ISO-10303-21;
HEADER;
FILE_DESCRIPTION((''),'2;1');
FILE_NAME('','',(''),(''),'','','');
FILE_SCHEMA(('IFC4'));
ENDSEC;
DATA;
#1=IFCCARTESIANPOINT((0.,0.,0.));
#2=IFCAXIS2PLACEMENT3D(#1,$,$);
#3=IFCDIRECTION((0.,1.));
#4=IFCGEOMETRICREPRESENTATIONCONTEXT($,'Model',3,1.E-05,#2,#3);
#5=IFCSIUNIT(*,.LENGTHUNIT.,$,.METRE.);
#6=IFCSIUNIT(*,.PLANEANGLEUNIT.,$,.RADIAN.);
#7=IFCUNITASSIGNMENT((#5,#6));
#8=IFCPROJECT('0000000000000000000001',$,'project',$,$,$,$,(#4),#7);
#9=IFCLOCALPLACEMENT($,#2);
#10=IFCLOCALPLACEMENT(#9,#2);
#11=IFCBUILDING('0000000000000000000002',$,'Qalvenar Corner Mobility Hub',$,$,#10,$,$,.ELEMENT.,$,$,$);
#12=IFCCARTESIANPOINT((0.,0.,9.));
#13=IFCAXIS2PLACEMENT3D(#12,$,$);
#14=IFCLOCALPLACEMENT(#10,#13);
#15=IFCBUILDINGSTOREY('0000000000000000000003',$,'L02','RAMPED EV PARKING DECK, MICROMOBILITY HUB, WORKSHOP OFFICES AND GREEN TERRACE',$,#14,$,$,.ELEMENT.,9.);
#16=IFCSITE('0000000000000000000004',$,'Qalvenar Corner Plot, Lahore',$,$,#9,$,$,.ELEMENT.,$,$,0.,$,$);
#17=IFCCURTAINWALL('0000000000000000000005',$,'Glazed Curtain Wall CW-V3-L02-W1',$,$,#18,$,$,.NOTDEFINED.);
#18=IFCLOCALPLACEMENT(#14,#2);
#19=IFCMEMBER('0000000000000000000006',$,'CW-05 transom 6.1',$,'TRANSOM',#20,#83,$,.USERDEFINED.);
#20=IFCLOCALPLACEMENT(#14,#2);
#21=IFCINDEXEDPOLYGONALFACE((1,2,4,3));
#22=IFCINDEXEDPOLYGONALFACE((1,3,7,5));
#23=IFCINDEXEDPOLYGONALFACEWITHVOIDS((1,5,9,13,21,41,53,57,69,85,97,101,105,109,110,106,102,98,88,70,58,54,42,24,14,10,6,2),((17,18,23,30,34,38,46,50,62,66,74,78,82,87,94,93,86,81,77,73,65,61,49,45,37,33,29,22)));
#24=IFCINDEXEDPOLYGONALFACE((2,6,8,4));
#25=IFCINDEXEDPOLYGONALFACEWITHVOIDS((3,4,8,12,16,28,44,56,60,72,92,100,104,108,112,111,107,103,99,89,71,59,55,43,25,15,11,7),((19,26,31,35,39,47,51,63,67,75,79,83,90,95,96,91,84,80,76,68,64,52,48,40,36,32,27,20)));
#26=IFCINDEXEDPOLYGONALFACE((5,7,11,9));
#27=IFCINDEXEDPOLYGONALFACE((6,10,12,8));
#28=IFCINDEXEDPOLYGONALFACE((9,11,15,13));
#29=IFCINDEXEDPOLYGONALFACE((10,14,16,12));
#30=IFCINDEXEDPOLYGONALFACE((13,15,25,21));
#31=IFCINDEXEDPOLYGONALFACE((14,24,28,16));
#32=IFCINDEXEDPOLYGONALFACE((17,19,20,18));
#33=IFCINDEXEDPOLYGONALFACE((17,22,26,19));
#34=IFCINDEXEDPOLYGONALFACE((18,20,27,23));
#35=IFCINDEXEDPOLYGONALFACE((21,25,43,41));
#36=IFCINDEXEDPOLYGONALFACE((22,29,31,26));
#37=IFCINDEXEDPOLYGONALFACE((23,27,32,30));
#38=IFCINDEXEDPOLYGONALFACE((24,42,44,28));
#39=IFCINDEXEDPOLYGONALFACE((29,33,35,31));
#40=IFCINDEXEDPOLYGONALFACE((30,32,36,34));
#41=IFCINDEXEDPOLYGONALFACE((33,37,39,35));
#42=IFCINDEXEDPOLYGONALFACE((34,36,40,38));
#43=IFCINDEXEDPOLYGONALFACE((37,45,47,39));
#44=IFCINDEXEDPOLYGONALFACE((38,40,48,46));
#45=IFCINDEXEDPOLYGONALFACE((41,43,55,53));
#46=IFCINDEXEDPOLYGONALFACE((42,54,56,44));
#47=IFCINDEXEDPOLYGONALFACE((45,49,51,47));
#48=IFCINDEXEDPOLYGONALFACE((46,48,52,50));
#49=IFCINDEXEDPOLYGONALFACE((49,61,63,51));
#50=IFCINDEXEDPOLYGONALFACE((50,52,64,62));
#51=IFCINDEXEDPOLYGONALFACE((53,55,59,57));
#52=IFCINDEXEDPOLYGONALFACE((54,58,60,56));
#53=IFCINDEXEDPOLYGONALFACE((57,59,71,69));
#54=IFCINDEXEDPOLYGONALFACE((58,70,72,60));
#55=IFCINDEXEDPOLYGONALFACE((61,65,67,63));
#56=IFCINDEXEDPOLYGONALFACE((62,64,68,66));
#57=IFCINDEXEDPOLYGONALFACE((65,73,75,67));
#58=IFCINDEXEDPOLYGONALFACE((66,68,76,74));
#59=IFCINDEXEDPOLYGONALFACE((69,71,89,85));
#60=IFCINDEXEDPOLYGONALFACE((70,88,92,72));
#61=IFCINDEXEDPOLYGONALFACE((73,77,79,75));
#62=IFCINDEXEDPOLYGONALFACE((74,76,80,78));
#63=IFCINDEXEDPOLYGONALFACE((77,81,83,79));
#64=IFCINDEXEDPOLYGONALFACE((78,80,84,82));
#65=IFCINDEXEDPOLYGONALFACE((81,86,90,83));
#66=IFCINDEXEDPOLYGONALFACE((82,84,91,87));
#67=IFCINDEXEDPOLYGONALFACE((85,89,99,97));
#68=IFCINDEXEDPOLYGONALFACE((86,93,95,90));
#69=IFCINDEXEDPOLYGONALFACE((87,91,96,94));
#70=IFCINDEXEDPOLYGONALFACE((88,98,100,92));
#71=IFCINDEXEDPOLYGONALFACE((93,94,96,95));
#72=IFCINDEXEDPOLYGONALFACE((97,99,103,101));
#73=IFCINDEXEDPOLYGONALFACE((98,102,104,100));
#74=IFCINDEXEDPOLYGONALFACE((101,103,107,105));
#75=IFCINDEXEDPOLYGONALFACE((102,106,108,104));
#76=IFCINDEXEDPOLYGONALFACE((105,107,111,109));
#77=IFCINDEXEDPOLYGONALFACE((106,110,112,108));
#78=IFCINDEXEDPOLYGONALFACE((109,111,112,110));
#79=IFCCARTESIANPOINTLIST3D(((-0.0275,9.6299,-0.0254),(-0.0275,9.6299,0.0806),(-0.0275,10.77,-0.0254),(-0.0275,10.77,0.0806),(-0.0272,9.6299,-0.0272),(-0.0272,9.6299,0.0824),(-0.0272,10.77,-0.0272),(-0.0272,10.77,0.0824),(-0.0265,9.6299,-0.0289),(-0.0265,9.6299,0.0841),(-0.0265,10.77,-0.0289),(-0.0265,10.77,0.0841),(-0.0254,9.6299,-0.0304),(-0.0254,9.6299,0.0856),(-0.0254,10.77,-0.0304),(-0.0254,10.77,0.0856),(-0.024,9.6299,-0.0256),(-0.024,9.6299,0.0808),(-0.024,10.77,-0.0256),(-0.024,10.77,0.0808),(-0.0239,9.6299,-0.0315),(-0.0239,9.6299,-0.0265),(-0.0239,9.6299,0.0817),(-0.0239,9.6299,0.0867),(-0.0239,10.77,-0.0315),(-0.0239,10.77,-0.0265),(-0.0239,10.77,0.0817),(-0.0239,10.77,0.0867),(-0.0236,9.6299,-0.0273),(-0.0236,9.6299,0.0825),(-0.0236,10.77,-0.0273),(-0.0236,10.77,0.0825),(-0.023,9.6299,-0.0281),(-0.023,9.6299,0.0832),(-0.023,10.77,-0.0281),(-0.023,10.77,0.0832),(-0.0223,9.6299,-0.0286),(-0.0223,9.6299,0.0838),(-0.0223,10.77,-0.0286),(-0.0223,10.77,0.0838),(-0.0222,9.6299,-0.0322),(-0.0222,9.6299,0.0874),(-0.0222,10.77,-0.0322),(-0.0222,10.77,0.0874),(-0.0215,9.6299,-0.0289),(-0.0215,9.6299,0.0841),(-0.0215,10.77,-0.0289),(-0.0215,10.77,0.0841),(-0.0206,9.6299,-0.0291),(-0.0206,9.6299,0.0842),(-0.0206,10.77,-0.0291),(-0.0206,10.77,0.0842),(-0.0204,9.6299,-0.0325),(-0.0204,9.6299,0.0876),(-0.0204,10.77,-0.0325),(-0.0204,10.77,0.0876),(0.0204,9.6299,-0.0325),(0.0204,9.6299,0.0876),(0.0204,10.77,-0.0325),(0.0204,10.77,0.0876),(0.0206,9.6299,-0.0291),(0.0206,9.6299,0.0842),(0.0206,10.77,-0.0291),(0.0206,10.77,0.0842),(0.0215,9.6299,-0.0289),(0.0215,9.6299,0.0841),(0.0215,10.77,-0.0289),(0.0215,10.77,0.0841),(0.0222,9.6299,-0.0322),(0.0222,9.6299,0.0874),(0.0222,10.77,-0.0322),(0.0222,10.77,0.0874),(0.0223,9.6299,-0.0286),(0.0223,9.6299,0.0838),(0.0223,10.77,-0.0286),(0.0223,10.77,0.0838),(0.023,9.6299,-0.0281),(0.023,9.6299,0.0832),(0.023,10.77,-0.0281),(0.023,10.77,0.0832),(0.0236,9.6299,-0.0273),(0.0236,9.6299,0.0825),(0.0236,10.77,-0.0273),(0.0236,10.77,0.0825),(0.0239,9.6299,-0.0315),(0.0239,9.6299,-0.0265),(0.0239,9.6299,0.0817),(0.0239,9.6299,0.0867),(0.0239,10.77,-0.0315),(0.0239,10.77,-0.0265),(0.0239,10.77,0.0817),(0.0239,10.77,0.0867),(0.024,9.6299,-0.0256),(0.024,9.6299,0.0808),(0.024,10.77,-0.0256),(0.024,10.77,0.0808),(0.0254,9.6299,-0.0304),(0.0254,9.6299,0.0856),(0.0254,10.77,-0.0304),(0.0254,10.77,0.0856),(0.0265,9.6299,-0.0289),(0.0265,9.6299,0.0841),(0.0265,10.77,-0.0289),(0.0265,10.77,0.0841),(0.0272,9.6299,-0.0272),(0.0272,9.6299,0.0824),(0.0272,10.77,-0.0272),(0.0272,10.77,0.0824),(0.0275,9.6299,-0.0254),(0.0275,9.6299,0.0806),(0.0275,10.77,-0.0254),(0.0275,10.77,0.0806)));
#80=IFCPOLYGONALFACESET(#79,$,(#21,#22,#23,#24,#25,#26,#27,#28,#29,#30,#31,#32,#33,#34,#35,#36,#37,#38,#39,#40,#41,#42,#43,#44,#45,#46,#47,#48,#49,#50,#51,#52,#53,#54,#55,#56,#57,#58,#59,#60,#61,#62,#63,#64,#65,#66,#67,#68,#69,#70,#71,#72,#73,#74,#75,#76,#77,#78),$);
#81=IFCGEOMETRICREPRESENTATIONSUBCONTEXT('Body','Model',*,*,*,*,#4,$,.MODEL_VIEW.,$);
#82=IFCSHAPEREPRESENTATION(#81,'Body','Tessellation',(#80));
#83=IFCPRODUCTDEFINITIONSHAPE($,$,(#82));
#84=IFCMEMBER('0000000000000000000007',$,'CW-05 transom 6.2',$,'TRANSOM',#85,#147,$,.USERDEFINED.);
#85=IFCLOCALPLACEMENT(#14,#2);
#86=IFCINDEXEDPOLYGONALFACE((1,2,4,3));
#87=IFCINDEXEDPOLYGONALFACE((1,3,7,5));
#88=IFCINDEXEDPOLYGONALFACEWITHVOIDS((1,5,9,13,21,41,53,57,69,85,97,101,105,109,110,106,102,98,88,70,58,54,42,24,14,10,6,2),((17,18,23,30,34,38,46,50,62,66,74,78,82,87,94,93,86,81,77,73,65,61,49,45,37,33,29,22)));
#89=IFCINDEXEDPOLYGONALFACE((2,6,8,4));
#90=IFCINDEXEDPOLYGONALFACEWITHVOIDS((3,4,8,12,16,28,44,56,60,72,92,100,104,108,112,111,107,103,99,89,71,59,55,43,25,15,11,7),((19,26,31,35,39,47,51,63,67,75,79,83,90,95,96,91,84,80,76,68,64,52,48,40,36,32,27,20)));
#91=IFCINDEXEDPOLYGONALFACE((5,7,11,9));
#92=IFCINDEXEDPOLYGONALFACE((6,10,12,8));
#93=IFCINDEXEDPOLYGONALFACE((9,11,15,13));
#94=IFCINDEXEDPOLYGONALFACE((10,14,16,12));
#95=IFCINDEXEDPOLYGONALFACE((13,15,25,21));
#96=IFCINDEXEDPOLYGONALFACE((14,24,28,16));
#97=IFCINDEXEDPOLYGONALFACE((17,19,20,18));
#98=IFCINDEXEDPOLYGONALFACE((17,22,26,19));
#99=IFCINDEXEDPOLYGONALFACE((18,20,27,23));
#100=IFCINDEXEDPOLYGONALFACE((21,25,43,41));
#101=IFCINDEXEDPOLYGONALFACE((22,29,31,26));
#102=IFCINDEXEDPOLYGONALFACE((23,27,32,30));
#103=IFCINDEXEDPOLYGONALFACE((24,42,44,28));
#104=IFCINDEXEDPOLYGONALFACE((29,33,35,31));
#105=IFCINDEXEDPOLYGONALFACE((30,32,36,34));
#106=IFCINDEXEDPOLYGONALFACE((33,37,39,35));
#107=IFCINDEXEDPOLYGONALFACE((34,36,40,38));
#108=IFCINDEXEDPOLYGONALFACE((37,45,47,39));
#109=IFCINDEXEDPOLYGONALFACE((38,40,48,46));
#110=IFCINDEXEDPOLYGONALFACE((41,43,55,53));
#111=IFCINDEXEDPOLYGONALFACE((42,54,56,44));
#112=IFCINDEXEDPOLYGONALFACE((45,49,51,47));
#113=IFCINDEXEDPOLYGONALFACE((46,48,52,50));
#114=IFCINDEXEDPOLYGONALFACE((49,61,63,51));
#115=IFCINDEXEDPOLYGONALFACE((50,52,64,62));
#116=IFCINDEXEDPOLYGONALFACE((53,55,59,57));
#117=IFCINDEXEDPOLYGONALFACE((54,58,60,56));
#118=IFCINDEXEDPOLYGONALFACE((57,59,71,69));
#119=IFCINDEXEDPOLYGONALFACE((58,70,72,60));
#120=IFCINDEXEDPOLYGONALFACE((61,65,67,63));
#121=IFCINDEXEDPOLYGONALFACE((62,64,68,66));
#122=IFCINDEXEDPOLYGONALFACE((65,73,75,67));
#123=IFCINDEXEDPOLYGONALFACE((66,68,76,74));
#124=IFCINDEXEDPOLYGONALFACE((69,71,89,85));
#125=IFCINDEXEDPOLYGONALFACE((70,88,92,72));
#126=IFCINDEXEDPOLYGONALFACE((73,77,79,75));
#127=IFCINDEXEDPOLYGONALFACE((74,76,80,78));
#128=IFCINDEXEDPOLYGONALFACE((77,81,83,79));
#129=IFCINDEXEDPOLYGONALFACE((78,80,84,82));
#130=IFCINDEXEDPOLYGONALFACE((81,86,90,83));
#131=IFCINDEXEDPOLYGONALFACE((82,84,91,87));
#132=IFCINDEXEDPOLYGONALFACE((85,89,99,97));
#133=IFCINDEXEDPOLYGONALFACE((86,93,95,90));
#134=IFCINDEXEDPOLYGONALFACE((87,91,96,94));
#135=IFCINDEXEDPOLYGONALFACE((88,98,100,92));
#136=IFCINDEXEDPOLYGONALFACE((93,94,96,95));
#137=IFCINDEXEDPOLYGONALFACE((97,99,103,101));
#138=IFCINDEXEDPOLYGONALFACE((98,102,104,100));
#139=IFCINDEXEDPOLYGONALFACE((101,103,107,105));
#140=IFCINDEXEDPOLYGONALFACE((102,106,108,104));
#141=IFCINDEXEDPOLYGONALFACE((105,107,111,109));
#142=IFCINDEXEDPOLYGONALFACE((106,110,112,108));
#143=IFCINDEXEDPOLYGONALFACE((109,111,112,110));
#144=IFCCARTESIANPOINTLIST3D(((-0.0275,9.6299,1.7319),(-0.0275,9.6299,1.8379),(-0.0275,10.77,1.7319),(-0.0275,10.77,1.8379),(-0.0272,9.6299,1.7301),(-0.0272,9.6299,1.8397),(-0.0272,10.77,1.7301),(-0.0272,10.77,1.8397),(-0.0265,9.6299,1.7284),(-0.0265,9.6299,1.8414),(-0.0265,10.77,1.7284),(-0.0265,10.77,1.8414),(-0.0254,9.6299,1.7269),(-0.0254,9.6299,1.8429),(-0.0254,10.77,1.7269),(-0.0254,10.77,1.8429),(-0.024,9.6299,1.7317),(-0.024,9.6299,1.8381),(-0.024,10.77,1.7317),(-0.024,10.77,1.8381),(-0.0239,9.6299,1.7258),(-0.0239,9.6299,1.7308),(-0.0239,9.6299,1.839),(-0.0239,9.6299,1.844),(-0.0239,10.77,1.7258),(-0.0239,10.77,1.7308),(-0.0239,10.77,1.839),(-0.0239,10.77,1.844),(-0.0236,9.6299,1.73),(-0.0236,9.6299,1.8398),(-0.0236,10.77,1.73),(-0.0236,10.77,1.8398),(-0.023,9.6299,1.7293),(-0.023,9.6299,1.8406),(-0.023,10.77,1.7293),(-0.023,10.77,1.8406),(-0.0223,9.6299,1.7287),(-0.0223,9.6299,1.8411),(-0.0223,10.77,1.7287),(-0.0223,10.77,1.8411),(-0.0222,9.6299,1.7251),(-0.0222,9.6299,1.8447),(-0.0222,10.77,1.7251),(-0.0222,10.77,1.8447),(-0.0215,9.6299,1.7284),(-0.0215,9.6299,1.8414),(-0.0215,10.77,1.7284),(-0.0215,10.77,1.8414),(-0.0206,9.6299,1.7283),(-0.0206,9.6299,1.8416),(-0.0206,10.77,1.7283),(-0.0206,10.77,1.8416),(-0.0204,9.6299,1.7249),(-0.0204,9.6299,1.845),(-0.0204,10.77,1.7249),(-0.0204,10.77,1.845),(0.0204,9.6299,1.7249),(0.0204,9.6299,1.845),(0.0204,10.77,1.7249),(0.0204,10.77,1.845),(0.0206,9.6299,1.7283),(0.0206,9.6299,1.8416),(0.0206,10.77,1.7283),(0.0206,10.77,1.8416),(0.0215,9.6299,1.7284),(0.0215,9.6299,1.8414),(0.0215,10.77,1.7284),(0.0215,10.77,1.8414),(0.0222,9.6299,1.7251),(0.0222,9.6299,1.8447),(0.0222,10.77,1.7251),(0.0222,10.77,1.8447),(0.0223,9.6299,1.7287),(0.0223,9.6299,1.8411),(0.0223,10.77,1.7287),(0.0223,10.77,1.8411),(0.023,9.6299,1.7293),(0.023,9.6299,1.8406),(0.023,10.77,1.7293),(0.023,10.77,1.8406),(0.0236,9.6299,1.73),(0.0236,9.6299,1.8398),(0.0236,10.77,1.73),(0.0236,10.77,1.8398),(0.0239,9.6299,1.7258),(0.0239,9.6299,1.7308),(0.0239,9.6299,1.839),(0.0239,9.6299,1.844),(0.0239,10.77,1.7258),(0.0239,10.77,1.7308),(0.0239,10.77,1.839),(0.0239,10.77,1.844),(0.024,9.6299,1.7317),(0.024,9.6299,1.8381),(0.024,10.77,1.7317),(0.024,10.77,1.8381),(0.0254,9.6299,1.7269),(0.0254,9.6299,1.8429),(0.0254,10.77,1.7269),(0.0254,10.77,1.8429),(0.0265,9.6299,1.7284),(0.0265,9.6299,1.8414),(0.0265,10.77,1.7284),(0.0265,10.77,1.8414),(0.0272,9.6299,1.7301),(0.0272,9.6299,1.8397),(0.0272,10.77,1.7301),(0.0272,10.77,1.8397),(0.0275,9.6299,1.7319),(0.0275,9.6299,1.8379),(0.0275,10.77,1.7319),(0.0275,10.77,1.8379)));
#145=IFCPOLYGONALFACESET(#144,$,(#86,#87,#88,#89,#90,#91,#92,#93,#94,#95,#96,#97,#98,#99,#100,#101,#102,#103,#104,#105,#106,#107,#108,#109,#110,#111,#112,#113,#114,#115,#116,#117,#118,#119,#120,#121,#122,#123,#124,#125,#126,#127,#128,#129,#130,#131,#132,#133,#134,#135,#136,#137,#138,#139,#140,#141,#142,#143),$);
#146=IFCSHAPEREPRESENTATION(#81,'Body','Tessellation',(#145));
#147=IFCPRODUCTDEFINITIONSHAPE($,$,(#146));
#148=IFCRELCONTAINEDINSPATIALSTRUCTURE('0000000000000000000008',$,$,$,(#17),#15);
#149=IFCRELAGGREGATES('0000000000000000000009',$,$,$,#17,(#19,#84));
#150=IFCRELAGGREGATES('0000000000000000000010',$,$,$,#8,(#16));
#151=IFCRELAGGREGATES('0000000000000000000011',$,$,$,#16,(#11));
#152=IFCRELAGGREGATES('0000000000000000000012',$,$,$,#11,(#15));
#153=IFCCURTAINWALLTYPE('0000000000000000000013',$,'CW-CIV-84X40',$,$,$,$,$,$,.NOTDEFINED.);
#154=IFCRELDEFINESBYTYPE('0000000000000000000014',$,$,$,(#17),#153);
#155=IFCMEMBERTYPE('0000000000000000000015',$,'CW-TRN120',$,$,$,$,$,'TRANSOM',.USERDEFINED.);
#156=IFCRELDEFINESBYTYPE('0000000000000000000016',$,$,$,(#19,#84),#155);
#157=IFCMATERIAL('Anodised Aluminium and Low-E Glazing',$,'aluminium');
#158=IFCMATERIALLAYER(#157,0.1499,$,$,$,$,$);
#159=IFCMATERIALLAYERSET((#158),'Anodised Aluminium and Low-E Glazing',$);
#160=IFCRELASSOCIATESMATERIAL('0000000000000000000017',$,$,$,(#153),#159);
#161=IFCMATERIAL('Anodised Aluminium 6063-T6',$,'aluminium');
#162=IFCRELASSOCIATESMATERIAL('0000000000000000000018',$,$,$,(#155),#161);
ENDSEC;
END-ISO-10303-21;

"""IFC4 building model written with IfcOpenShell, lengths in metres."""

from ifc_helpers import new_model, si_unit, direction, frame, origin, origin_2d, place, context, subcontext, project, spatial, hollow_rectangle, extrude, material, layer, layer_set, material_profile, profile_set, type_object, element, aggregate, save


model = new_model("IFC4")

# Units and contexts
model_context = context("Model", 3, precision=1e-05, world=origin(), true_north=direction((0.0, 1.0)))
body_context = subcontext(model_context, "Body", "Model", "MODEL_VIEW")
ifc_project = project(units=[si_unit("LENGTHUNIT", "METRE"), si_unit("PLANEANGLEUNIT", "RADIAN")], contexts=[model_context])

# Site, building, storey
site_placement = place(None, origin())
site = spatial("IfcSite", under=ifc_project, at=site_placement, Name="Qalvenar Corner Plot, Lahore", CompositionType="ELEMENT", RefElevation=0.0)
building_placement = place(site_placement, origin())
building = spatial("IfcBuilding", under=site, at=building_placement, Name="Qalvenar Corner Mobility Hub", CompositionType="ELEMENT")
storey_placement = place(building_placement, frame((0.0, 0.0, 9.0)))
storey = spatial("IfcBuildingStorey", under=building, at=storey_placement, Name="L02", Description="RAMPED EV PARKING DECK, MICROMOBILITY HUB, WORKSHOP OFFICES AND GREEN TERRACE", CompositionType="ELEMENT", Elevation=9.0)

# Curtain wall, members
ifc_material_1 = material(Name="Anodised Aluminium and Low-E Glazing", Category="aluminium")
ifc_layer_1 = layer(ifc_material_1, 0.1499)
ifc_layer_set_1 = layer_set([ifc_layer_1], Name="Anodised Aluminium and Low-E Glazing")
curtain_wall_type = type_object("IfcCurtainWallType", Name="CW-CIV-84X40", PredefinedType="NOTDEFINED", material=ifc_layer_set_1)
curtain_wall_placement = place(storey_placement, origin())
curtain_wall = element("IfcCurtainWall", 1, at=curtain_wall_placement, inside=storey, type_object=curtain_wall_type, Name="Glazed Curtain Wall CW-V3-L02-W1", PredefinedType="NOTDEFINED")
ifc_material_2 = material(Name="Anodised Aluminium 6063-T6", Category="aluminium")
ifc_material_profile_1 = material_profile(ifc_material_2, hollow_rectangle(XDim=0.0549, YDim=0.1201, WallThickness=0.0034, InnerFilletRadius=0.0034, OuterFilletRadius=0.0071, at=origin_2d()), Name="RHS120x55x3.5")
ifc_profile_set_1 = profile_set([ifc_material_profile_1], Name="Anodised Aluminium 6063-T6")
member_type_1 = type_object("IfcMemberType", Name="CW-TRN120", ElementType="TRANSOM", PredefinedType="USERDEFINED", material=ifc_profile_set_1)
member_1_placement = place(storey_placement, frame((0.0, 10.77, 0.0276), z_axis=(0.0, -1.0, 0.0), x_axis=(1.0, 0.0, 0.0)))
member_1 = element("IfcMember", 2, at=member_1_placement, type_object=member_type_1, Name="CW-05 transom 6.1", ObjectType="TRANSOM", PredefinedType="USERDEFINED", context=body_context, shape_type="SweptSolid", body=[
    extrude(hollow_rectangle(XDim=0.0549, YDim=0.1201, WallThickness=0.0034, InnerFilletRadius=0.0034, OuterFilletRadius=0.0071, at=origin_2d()), origin(), (0.0, 0.0, 1.0), 1.1401),
])
member_2_placement = place(storey_placement, frame((0.0, 10.77, 1.7849), z_axis=(0.0, -1.0, 0.0), x_axis=(1.0, 0.0, 0.0)))
member_2 = element("IfcMember", 3, at=member_2_placement, type_object=member_type_1, Name="CW-05 transom 6.2", ObjectType="TRANSOM", PredefinedType="USERDEFINED", context=body_context, shape_type="SweptSolid", body=[
    extrude(hollow_rectangle(XDim=0.0549, YDim=0.1201, WallThickness=0.0034, InnerFilletRadius=0.0034, OuterFilletRadius=0.0071, at=origin_2d()), origin(), (0.0, 0.0, 1.0), 1.1401),
])
aggregate(curtain_wall, [member_1, member_2])

save(model, "model.ifc")
